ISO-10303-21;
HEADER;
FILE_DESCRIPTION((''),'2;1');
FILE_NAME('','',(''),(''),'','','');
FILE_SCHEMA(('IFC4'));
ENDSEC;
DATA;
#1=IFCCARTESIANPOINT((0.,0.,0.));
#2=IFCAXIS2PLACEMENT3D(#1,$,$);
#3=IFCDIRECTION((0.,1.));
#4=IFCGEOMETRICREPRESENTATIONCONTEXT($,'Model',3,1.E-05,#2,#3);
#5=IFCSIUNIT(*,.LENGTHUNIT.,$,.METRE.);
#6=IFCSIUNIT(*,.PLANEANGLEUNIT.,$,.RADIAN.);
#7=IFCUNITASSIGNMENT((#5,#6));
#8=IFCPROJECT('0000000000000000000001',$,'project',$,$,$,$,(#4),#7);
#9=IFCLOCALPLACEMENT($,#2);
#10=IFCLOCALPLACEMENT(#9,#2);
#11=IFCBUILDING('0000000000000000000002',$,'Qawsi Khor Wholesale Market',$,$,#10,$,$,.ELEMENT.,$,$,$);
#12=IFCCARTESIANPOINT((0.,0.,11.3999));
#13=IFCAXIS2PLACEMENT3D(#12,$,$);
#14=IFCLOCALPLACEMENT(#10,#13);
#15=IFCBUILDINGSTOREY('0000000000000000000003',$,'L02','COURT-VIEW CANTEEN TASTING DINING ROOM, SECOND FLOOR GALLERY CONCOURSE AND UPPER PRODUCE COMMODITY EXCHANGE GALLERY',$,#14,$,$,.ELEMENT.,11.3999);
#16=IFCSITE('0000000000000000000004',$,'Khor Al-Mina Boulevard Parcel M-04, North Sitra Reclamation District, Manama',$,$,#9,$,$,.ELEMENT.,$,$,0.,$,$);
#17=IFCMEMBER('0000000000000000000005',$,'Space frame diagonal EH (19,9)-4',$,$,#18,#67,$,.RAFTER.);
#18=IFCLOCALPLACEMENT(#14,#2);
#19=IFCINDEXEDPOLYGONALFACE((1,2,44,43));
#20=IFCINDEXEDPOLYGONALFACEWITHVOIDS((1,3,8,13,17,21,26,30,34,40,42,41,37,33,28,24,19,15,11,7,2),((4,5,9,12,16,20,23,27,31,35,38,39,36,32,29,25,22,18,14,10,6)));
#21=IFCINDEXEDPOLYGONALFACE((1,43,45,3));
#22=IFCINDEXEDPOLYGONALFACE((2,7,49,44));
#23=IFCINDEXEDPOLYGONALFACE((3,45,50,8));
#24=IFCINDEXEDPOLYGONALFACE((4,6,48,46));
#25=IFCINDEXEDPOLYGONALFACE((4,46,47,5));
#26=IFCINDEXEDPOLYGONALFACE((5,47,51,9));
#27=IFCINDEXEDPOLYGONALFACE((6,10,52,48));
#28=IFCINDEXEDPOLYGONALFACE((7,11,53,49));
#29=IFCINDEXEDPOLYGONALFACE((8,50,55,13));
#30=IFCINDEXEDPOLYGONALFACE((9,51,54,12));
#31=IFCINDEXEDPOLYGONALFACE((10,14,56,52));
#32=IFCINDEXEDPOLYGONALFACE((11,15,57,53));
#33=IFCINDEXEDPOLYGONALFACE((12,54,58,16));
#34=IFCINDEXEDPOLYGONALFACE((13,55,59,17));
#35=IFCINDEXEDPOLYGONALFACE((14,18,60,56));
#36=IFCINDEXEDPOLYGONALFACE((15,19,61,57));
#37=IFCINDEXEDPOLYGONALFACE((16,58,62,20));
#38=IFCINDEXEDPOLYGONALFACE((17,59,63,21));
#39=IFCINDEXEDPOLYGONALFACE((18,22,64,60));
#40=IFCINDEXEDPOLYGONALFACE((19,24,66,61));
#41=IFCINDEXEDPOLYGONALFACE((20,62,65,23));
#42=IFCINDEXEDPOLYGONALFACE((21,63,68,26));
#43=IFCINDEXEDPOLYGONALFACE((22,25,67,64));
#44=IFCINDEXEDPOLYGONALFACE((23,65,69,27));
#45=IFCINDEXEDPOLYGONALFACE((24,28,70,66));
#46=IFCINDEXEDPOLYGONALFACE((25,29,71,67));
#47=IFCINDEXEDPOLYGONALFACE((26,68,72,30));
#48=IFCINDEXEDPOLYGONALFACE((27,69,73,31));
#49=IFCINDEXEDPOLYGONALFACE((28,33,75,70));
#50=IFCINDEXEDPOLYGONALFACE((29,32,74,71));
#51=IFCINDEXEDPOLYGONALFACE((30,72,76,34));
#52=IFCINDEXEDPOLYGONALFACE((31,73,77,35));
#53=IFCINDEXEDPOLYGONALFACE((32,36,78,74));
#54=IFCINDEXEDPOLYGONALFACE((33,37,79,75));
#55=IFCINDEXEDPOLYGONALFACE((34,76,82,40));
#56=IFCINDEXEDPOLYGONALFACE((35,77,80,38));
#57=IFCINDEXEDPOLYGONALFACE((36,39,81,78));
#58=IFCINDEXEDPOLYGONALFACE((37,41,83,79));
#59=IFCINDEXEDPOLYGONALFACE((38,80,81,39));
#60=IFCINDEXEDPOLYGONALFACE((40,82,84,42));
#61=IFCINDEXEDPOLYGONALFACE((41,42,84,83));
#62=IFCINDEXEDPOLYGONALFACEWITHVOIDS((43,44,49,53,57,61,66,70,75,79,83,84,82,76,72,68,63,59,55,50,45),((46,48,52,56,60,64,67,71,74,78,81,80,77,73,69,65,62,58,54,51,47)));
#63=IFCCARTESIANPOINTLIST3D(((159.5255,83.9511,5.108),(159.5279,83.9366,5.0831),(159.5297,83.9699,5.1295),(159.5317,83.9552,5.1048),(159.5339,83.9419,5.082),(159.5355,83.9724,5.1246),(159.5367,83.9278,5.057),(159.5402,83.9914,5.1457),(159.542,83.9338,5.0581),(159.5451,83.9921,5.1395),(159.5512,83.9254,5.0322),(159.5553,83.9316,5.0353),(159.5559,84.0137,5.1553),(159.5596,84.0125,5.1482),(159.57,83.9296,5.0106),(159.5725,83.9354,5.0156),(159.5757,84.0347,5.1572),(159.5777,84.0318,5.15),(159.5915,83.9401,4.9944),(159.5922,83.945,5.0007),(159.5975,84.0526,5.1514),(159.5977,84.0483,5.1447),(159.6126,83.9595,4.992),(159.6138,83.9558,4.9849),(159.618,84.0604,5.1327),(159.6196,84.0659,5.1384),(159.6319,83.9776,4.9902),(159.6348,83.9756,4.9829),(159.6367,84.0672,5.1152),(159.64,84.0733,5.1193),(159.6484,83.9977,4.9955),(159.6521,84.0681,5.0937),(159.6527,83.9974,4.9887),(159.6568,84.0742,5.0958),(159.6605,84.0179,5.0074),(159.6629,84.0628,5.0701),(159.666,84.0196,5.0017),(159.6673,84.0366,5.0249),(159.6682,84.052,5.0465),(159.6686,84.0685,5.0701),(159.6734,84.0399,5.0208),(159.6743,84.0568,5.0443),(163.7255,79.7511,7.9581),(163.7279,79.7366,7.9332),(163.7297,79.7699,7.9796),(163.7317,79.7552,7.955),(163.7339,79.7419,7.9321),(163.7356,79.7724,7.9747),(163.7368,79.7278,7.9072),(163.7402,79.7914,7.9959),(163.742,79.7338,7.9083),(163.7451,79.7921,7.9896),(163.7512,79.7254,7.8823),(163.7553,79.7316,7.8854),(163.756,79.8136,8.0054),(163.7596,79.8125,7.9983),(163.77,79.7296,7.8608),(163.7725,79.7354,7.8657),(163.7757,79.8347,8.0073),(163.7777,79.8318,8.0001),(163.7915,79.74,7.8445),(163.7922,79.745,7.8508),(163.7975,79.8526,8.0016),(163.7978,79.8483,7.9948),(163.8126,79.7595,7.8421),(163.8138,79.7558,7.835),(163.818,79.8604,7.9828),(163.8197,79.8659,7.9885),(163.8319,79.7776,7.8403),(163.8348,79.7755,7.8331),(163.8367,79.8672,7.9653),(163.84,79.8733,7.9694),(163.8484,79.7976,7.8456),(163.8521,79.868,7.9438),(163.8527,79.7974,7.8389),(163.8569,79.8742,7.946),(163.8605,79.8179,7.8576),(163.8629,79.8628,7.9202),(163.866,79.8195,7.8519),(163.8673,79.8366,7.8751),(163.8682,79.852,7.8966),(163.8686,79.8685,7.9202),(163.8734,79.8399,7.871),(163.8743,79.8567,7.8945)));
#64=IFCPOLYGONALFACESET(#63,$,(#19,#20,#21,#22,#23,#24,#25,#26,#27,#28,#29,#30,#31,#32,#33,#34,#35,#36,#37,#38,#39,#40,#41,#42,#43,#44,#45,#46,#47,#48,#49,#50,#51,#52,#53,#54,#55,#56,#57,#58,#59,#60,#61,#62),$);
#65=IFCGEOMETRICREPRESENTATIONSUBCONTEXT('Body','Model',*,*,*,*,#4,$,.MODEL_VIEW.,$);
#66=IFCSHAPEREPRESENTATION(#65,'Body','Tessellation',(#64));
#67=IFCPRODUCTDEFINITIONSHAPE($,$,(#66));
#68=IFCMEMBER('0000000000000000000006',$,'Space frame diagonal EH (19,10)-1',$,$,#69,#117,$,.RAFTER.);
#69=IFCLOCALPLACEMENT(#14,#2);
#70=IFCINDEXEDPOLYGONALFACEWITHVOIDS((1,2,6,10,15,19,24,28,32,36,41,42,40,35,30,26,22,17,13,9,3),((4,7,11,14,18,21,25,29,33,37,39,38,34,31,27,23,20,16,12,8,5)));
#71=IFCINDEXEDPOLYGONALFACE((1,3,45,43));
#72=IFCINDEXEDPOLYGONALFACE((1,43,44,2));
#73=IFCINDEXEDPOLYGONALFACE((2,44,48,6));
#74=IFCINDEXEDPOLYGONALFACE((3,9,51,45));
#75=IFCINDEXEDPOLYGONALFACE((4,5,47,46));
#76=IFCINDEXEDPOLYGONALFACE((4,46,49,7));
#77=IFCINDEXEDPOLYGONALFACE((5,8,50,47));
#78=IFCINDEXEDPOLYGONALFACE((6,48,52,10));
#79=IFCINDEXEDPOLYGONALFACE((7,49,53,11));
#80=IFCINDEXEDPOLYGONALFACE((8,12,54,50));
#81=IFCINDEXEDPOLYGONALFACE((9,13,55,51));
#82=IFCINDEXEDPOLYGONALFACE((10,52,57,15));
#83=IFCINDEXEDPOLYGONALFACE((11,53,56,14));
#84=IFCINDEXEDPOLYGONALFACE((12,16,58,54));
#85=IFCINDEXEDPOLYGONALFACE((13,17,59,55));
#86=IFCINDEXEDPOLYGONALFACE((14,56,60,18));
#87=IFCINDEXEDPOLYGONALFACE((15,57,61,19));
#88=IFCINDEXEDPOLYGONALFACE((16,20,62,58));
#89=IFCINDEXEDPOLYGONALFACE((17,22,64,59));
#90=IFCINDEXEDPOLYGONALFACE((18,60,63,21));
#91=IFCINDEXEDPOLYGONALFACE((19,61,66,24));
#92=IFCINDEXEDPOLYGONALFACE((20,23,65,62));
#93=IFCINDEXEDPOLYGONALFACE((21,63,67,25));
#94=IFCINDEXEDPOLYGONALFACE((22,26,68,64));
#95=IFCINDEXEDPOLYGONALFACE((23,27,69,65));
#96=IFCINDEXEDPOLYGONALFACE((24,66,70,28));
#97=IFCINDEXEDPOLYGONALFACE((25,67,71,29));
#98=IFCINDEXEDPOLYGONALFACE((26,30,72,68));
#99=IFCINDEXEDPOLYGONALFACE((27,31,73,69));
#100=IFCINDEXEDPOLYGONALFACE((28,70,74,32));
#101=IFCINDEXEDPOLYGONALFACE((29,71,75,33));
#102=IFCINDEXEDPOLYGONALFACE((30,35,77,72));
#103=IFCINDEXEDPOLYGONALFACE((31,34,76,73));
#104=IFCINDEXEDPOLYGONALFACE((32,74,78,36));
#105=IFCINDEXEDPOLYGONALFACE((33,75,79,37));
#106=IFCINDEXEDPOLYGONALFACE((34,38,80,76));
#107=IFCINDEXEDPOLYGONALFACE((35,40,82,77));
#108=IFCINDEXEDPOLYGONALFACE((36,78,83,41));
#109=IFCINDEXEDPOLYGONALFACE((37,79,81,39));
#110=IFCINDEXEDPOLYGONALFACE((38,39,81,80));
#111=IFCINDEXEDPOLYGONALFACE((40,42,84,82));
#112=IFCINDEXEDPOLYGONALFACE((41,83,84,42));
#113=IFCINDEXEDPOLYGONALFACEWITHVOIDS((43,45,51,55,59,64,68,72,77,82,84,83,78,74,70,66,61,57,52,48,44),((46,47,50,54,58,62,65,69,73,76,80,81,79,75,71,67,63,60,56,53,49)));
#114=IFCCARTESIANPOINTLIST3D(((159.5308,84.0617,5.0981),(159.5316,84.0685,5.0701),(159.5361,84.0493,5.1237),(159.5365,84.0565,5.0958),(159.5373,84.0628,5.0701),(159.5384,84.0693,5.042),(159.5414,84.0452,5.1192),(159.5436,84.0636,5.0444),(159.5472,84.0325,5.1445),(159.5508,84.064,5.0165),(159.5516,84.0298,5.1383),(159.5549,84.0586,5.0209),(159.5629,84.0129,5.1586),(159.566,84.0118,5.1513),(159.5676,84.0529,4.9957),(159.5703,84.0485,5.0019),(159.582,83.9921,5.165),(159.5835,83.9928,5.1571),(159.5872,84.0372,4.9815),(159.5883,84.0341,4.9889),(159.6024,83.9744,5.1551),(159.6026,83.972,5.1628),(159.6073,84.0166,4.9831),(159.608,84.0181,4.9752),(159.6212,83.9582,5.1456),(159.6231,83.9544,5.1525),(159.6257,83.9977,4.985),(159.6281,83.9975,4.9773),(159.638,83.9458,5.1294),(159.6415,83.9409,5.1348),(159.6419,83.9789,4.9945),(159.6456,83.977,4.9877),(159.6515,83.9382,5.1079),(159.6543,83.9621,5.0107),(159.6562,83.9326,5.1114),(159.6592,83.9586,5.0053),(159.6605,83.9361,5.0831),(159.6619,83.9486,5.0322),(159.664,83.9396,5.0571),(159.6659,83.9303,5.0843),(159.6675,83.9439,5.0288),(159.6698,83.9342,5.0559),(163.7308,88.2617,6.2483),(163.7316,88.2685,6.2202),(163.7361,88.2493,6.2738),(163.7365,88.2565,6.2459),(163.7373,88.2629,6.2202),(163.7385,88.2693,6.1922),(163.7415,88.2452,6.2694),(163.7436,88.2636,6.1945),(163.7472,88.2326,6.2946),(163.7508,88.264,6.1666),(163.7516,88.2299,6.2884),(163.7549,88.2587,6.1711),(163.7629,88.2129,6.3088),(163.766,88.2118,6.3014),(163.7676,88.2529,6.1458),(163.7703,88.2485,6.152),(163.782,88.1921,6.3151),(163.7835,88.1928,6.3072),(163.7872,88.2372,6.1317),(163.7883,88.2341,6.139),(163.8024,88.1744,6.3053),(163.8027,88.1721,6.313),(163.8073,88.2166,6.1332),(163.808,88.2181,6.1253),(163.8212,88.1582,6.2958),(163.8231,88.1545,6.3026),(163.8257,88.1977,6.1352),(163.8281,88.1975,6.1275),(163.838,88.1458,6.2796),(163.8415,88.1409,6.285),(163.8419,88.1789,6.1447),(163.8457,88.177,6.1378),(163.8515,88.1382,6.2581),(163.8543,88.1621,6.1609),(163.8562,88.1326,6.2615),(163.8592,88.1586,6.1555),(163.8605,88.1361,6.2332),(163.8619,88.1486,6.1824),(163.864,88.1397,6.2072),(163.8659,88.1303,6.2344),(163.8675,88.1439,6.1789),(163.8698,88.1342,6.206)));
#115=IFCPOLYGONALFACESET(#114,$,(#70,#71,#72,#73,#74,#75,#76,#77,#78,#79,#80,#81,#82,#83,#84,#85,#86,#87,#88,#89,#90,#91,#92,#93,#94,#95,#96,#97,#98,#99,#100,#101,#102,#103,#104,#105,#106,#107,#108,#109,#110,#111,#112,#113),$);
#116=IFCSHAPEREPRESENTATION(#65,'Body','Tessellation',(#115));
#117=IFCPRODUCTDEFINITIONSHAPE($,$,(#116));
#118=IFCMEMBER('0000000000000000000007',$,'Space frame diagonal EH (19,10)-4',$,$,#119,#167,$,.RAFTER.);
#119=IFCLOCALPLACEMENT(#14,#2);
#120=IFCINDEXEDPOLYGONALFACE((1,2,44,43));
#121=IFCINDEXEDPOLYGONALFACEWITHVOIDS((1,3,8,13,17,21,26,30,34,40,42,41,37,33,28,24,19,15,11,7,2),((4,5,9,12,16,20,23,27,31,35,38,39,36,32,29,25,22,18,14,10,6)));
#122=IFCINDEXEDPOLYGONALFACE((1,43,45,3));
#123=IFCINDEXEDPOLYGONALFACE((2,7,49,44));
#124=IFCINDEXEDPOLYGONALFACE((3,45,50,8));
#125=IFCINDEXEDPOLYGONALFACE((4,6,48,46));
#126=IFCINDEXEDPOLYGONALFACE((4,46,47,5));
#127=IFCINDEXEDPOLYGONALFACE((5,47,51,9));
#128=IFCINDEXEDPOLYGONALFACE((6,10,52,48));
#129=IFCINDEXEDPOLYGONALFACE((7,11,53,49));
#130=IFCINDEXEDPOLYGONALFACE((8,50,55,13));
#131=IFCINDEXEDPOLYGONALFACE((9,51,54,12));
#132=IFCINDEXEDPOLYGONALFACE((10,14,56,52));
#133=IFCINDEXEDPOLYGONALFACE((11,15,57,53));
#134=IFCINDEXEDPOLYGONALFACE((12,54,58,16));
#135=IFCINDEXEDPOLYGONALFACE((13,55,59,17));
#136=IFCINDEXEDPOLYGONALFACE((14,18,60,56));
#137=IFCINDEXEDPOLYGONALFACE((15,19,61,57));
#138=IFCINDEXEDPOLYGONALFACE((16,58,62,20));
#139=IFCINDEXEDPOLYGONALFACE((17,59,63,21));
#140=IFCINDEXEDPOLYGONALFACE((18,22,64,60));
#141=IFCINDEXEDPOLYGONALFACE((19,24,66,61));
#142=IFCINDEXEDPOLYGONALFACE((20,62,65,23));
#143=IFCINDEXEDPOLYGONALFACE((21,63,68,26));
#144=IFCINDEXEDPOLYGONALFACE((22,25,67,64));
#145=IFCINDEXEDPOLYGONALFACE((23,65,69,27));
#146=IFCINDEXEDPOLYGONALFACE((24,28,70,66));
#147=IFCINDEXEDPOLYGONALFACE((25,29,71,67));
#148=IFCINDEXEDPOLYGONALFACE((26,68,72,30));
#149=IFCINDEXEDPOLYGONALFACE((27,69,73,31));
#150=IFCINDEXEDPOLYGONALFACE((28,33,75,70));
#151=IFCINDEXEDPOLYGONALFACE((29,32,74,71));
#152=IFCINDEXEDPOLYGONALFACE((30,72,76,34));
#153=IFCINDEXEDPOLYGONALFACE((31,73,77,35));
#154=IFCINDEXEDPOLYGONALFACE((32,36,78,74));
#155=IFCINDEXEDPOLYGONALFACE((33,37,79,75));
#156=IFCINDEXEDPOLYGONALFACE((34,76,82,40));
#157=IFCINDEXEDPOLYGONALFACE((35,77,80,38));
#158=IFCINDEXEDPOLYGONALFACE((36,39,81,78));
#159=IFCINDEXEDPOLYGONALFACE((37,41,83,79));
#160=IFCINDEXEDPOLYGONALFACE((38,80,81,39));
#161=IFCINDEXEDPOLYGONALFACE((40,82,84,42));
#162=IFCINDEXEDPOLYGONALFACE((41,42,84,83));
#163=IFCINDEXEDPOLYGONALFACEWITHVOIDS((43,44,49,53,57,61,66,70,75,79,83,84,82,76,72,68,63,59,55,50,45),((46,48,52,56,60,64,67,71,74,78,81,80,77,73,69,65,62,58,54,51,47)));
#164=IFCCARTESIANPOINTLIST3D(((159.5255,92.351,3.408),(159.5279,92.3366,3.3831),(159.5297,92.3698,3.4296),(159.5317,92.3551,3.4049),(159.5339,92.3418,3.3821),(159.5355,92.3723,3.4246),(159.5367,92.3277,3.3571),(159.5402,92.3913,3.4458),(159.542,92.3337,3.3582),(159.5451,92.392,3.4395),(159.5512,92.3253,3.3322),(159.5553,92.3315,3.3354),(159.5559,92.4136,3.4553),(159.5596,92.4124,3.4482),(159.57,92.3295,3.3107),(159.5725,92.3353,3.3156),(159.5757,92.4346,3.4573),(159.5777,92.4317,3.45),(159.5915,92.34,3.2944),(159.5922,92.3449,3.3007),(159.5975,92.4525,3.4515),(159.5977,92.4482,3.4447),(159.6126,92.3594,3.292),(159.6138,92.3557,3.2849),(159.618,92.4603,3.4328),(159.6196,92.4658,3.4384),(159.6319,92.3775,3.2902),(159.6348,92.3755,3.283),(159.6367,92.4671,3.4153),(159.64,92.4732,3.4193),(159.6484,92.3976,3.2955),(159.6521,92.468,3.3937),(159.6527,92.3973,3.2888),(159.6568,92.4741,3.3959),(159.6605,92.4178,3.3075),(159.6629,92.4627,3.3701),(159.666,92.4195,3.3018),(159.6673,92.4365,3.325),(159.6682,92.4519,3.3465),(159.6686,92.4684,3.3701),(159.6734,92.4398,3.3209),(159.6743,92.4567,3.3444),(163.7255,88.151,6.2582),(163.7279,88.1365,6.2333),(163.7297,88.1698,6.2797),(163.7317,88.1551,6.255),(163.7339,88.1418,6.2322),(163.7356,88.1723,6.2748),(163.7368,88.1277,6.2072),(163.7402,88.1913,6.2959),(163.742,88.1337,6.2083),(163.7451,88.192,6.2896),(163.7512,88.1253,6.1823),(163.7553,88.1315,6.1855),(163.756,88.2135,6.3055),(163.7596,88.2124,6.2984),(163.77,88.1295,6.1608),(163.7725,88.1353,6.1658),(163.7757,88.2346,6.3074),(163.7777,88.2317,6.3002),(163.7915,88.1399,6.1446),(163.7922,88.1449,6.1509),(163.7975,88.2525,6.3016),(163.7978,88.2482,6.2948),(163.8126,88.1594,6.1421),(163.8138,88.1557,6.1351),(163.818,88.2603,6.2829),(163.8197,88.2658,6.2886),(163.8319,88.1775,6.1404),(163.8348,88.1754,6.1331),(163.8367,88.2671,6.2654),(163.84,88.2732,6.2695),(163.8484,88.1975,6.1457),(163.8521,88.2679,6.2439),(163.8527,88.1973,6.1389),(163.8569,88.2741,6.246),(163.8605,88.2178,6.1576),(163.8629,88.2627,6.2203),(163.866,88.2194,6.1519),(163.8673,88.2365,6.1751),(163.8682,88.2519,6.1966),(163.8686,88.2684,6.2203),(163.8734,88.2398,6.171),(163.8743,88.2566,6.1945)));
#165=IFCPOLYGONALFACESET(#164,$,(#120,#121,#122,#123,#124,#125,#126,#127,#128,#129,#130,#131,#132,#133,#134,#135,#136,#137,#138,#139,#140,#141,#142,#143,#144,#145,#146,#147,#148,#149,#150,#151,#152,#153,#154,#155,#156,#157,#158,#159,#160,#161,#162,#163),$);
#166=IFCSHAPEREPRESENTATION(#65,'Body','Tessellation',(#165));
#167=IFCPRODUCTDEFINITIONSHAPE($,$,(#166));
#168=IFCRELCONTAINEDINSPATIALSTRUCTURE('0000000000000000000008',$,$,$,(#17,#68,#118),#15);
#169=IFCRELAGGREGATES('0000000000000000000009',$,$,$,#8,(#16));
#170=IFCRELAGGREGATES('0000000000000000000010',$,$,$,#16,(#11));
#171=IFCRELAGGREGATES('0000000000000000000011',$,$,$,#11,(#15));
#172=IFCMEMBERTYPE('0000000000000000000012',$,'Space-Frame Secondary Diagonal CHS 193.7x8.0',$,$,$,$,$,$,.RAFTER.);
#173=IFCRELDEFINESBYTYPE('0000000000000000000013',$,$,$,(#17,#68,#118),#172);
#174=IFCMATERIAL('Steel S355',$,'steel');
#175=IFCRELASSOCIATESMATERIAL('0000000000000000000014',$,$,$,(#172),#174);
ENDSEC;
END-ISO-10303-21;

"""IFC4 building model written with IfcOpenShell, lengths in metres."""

from ifc_helpers import new_model, si_unit, direction, frame, origin, origin_2d, place, context, subcontext, project, spatial, hollow_circle, extrude, material, material_profile, profile_set, type_object, element, save


model = new_model("IFC4")

# Units and contexts
model_context = context("Model", 3, precision=1e-05, world=origin(), true_north=direction((0.0, 1.0)))
body_context = subcontext(model_context, "Body", "Model", "MODEL_VIEW")
ifc_project = project(units=[si_unit("LENGTHUNIT", "METRE"), si_unit("PLANEANGLEUNIT", "RADIAN")], contexts=[model_context])

# Site, building, storey
site_placement = place(None, origin())
site = spatial("IfcSite", under=ifc_project, at=site_placement, Name="Khor Al-Mina Boulevard Parcel M-04, North Sitra Reclamation District, Manama", CompositionType="ELEMENT", RefElevation=0.0)
building_placement = place(site_placement, origin())
building = spatial("IfcBuilding", under=site, at=building_placement, Name="Qawsi Khor Wholesale Market", CompositionType="ELEMENT")
storey_placement = place(building_placement, frame((0.0, 0.0, 11.3999)))
storey = spatial("IfcBuildingStorey", under=building, at=storey_placement, Name="L02", Description="COURT-VIEW CANTEEN TASTING DINING ROOM, SECOND FLOOR GALLERY CONCOURSE AND UPPER PRODUCE COMMODITY EXCHANGE GALLERY", CompositionType="ELEMENT", Elevation=11.3999)

# Members
ifc_material_1 = material(Name="Steel S355", Category="steel")
ifc_material_profile_1 = material_profile(ifc_material_1, hollow_circle(Radius=0.0969, WallThickness=0.0081, at=origin_2d()), Name="CHS 193.7x8.0")
ifc_profile_set_1 = profile_set([ifc_material_profile_1], Name="Steel S355")
member_type_1 = type_object("IfcMemberType", Name="Space-Frame Secondary Diagonal CHS 193.7x8.0", PredefinedType="RAFTER", material=ifc_profile_set_1)
member_1_placement = place(storey_placement, frame((159.6001, 84.0, 5.0701), z_axis=(0.637512, -0.637512, 0.432617), x_axis=(0.707107, 0.707107, 0.0)))
element("IfcMember", 1, at=member_1_placement, inside=storey, type_object=member_type_1, Name="Space frame diagonal EH (19,9)-4", PredefinedType="RAFTER", context=body_context, shape_type="SweptSolid", body=[
    extrude(hollow_circle(Radius=0.0969, WallThickness=0.0081, at=origin_2d()), origin(), (0.0, 0.0, 1.0), 6.5881),
])
member_2_placement = place(storey_placement, frame((159.6001, 84.0, 5.0701), z_axis=(0.694211, 0.694211, 0.190108), x_axis=(-0.707107, 0.707107, 0.0)))
element("IfcMember", 2, at=member_2_placement, inside=storey, type_object=member_type_1, Name="Space frame diagonal EH (19,10)-1", PredefinedType="RAFTER", context=body_context, shape_type="SweptSolid", body=[
    extrude(hollow_circle(Radius=0.0969, WallThickness=0.0081, at=origin_2d()), origin(), (0.0, 0.0, 1.0), 6.05),
])
member_3_placement = place(storey_placement, frame((159.6001, 92.3999, 3.3701), z_axis=(0.637512, -0.637512, 0.432617), x_axis=(0.707107, 0.707107, 0.0)))
element("IfcMember", 3, at=member_3_placement, inside=storey, type_object=member_type_1, Name="Space frame diagonal EH (19,10)-4", PredefinedType="RAFTER", context=body_context, shape_type="SweptSolid", body=[
    extrude(hollow_circle(Radius=0.0969, WallThickness=0.0081, at=origin_2d()), origin(), (0.0, 0.0, 1.0), 6.5881),
])

save(model, "model.ifc")
